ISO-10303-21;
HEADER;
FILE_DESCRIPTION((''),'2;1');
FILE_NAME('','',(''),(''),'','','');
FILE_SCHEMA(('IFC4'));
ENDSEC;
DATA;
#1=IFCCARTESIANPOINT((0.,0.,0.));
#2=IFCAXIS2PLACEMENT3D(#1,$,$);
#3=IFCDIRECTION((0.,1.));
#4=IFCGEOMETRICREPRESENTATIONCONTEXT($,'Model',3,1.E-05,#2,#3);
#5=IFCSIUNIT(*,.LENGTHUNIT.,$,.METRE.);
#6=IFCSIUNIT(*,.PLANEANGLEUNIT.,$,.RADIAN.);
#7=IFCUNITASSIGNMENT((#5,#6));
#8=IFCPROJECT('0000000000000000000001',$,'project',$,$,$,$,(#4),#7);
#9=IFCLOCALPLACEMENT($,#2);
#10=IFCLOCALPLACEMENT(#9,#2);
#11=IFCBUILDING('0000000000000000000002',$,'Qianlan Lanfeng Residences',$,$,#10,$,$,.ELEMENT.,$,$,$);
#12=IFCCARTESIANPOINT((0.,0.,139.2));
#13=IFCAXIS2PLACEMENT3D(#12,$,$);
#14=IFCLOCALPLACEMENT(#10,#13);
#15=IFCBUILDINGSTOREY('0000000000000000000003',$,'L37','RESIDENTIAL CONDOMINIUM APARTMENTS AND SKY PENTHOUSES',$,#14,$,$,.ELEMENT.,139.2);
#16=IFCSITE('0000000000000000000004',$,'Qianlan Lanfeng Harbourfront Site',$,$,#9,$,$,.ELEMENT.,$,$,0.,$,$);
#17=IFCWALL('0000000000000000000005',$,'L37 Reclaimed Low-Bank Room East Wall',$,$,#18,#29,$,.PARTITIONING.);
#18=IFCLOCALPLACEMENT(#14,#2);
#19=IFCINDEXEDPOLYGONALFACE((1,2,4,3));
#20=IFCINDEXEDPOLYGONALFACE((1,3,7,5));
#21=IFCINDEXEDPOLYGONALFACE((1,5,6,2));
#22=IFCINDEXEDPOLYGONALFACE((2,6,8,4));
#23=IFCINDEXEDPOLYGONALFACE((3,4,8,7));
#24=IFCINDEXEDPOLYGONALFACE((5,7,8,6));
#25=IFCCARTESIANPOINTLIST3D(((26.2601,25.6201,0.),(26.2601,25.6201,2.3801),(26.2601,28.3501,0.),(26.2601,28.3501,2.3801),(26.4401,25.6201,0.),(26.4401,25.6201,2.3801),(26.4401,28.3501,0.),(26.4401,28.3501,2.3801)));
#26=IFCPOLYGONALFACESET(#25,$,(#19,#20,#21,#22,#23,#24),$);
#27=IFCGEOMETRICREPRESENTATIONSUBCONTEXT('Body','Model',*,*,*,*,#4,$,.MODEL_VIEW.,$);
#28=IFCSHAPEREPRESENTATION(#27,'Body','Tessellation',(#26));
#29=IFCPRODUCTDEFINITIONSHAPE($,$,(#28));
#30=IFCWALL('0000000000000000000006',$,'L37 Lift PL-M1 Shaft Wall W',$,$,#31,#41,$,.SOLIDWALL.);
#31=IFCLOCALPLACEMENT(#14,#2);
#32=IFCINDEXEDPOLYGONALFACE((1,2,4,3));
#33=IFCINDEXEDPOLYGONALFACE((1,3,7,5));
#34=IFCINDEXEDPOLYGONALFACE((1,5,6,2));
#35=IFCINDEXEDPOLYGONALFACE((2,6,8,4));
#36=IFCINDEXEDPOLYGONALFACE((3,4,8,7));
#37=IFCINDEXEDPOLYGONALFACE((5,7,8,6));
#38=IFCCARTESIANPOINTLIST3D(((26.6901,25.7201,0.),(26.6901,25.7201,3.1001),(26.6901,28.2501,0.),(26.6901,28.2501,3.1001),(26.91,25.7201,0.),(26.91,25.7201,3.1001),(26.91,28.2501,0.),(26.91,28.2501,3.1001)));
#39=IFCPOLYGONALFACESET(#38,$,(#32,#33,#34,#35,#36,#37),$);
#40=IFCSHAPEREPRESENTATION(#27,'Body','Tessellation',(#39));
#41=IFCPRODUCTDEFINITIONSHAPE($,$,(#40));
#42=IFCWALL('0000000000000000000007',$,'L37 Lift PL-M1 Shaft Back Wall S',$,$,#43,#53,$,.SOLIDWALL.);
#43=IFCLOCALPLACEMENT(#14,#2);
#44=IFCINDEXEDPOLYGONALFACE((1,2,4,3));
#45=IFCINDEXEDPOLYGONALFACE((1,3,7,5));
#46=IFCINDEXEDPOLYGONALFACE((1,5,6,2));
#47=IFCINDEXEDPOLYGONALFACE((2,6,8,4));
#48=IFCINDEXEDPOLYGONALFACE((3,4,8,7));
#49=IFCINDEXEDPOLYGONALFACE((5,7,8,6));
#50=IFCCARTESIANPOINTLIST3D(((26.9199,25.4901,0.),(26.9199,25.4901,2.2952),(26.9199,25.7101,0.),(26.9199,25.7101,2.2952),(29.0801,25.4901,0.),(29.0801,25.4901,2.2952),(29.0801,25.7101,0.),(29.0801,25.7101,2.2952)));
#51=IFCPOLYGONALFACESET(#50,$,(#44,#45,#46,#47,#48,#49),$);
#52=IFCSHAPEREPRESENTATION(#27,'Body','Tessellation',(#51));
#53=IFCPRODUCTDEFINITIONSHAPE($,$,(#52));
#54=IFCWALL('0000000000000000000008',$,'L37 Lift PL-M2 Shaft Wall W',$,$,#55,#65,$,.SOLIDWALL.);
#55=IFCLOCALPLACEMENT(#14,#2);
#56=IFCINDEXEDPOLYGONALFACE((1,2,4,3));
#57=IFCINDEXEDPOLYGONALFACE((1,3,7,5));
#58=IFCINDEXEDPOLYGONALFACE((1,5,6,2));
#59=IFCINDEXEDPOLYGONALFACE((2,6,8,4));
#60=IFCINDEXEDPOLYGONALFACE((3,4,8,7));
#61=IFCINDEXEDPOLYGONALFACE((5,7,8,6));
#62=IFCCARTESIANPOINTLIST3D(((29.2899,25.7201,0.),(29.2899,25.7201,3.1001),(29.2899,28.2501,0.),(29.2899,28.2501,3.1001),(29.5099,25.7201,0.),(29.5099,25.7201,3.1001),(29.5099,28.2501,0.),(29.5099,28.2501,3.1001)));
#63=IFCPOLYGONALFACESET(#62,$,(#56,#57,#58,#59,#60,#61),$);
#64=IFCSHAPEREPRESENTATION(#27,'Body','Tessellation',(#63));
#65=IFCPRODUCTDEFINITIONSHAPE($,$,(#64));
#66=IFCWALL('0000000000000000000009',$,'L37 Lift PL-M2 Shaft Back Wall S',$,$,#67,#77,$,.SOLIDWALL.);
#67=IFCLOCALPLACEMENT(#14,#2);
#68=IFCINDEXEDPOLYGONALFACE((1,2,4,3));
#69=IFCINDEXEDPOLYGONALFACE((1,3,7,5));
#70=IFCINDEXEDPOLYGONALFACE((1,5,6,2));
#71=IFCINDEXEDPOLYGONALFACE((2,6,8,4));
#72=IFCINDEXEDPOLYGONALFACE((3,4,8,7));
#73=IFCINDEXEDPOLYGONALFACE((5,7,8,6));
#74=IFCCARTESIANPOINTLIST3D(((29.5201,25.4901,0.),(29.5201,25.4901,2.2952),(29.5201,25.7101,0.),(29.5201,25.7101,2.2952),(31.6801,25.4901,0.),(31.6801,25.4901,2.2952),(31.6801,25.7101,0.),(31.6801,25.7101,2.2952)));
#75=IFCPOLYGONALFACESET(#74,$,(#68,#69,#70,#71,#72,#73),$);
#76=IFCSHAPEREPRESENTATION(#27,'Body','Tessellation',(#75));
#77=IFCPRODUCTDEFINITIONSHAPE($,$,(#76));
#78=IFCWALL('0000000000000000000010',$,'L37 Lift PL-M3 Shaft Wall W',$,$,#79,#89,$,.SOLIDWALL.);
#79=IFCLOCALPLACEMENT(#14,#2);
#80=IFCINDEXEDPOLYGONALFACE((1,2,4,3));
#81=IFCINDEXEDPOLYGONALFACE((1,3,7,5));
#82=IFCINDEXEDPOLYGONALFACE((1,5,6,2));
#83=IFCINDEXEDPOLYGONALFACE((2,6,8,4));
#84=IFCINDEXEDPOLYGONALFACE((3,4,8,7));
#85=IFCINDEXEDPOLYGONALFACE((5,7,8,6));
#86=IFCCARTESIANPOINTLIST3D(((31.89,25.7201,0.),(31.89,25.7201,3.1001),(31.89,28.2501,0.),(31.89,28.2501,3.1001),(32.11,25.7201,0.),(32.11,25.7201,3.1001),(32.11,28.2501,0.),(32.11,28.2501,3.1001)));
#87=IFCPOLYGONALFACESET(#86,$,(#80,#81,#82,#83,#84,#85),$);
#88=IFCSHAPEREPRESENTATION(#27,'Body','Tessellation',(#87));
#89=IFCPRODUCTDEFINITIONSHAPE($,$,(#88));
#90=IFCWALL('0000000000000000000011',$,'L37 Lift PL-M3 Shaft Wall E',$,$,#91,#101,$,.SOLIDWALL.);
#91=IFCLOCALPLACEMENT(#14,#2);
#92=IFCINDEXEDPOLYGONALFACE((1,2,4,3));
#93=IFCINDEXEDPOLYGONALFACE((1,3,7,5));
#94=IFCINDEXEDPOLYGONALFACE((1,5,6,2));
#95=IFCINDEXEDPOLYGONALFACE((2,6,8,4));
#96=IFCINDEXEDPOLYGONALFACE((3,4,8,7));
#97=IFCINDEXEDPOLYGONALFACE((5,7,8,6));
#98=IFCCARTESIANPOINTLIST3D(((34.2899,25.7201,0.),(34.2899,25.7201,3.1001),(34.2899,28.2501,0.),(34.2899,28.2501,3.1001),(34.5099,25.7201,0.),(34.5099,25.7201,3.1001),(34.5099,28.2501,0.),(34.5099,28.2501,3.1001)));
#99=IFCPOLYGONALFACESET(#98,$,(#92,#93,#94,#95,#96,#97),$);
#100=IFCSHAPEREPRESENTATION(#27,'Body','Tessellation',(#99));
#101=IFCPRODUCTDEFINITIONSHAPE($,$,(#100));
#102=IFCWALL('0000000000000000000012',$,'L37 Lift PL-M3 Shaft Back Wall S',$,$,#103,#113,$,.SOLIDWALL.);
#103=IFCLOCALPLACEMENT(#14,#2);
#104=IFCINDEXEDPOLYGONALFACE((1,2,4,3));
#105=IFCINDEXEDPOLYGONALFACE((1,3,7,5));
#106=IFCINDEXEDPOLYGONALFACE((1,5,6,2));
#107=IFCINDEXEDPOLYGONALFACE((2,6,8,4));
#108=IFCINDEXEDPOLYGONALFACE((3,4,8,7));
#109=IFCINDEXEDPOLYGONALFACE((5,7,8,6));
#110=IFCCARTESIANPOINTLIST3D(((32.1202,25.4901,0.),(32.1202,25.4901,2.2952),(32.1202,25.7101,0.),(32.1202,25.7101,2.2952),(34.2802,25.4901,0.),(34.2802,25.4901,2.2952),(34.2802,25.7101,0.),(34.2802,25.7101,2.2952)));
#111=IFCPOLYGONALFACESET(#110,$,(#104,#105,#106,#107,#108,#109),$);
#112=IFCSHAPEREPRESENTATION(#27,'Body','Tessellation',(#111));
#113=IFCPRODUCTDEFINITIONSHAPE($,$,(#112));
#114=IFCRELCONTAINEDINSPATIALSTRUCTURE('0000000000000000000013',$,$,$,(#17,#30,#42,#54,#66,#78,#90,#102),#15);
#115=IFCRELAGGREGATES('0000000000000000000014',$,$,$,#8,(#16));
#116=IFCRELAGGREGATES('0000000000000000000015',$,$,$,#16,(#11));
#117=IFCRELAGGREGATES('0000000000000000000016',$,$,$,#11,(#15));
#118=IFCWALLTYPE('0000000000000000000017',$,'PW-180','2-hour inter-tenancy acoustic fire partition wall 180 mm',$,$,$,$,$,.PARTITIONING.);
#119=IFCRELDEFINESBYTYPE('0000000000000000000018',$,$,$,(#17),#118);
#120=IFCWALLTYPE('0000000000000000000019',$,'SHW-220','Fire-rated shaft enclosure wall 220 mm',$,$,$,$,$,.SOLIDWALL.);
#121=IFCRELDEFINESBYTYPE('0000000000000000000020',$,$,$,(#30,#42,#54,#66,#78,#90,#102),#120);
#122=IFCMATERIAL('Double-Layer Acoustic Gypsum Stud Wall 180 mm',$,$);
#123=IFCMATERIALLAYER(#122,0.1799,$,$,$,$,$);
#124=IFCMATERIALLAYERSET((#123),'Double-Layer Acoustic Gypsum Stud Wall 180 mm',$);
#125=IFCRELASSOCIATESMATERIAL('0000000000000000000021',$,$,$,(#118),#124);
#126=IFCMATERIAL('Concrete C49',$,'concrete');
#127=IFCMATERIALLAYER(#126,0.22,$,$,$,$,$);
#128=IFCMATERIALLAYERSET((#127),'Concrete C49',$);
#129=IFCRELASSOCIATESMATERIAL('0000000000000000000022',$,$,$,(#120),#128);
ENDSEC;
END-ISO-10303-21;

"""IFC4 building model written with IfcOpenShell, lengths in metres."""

from ifc_helpers import new_model, si_unit, direction, frame, frame_2d, origin, place, context, subcontext, project, spatial, rectangle, extrude, material, layer, layer_set, type_object, element, save


model = new_model("IFC4")

# Units and contexts
model_context = context("Model", 3, precision=1e-05, world=origin(), true_north=direction((0.0, 1.0)))
body_context = subcontext(model_context, "Body", "Model", "MODEL_VIEW")
ifc_project = project(units=[si_unit("LENGTHUNIT", "METRE"), si_unit("PLANEANGLEUNIT", "RADIAN")], contexts=[model_context])

# Site, building, storey
site_placement = place(None, origin())
site = spatial("IfcSite", under=ifc_project, at=site_placement, Name="Qianlan Lanfeng Harbourfront Site", CompositionType="ELEMENT", RefElevation=0.0)
building_placement = place(site_placement, origin())
building = spatial("IfcBuilding", under=site, at=building_placement, Name="Qianlan Lanfeng Residences", CompositionType="ELEMENT")
storey_placement = place(building_placement, frame((0.0, 0.0, 139.2)))
storey = spatial("IfcBuildingStorey", under=building, at=storey_placement, Name="L37", Description="RESIDENTIAL CONDOMINIUM APARTMENTS AND SKY PENTHOUSES", CompositionType="ELEMENT", Elevation=139.2)

# Shared definitions
ifc_material_1 = material(Name="Concrete C49", Category="concrete")

# Shared definitions
ifc_material_2 = material(Name="Double-Layer Acoustic Gypsum Stud Wall 180 mm")
ifc_layer_1 = layer(ifc_material_2, 0.1799)
ifc_layer_set_1 = layer_set([ifc_layer_1], Name="Double-Layer Acoustic Gypsum Stud Wall 180 mm")
wall_type_1 = type_object("IfcWallType", Name="PW-180", Description="2-hour inter-tenancy acoustic fire partition wall 180 mm", PredefinedType="PARTITIONING", material=ifc_layer_set_1)

# Walls
wall_1_placement = place(storey_placement, frame((26.3501, 25.6201, 0.0), z_axis=(0.0, 0.0, 1.0), x_axis=(0.0, 1.0, 0.0)))
element("IfcWall", 1, at=wall_1_placement, inside=storey, type_object=wall_type_1, Name="L37 Reclaimed Low-Bank Room East Wall", PredefinedType="PARTITIONING", context=body_context, shape_type="SweptSolid", body=[
    extrude(rectangle(XDim=2.73, YDim=0.1799, at=frame_2d((1.365, 0.0))), origin(), (0.0, 0.0, 1.0), 2.3801),
])
ifc_layer_2 = layer(ifc_material_1, 0.22)
ifc_layer_set_2 = layer_set([ifc_layer_2], Name="Concrete C49")
wall_type_2 = type_object("IfcWallType", Name="SHW-220", Description="Fire-rated shaft enclosure wall 220 mm", PredefinedType="SOLIDWALL", material=ifc_layer_set_2)
wall_2_placement = place(storey_placement, frame((26.8, 25.72, 0.0), z_axis=(0.0, 0.0, 1.0), x_axis=(0.0, 1.0, 0.0)))
element("IfcWall", 2, at=wall_2_placement, inside=storey, type_object=wall_type_2, Name="L37 Lift PL-M1 Shaft Wall W", PredefinedType="SOLIDWALL", context=body_context, shape_type="SweptSolid", body=[
    extrude(rectangle(XDim=2.53, YDim=0.22, at=frame_2d((1.2651, 0.0))), origin(), (0.0, 0.0, 1.0), 3.1001),
])
wall_3_placement = place(storey_placement, frame((26.9199, 25.6001, 0.0), z_axis=(0.0, 0.0, 1.0), x_axis=(1.0, 0.0, 0.0)))
element("IfcWall", 3, at=wall_3_placement, inside=storey, type_object=wall_type_2, Name="L37 Lift PL-M1 Shaft Back Wall S", PredefinedType="SOLIDWALL", context=body_context, shape_type="SweptSolid", body=[
    extrude(rectangle(XDim=2.1602, YDim=0.22, at=frame_2d((1.0801, 0.0))), origin(), (0.0, 0.0, 1.0), 2.2952),
])
wall_4_placement = place(storey_placement, frame((29.3999, 25.72, 0.0), z_axis=(0.0, 0.0, 1.0), x_axis=(0.0, 1.0, 0.0)))
element("IfcWall", 4, at=wall_4_placement, inside=storey, type_object=wall_type_2, Name="L37 Lift PL-M2 Shaft Wall W", PredefinedType="SOLIDWALL", context=body_context, shape_type="SweptSolid", body=[
    extrude(rectangle(XDim=2.53, YDim=0.22, at=frame_2d((1.2651, 0.0))), origin(), (0.0, 0.0, 1.0), 3.1001),
])
wall_5_placement = place(storey_placement, frame((29.52, 25.6001, 0.0), z_axis=(0.0, 0.0, 1.0), x_axis=(1.0, 0.0, 0.0)))
element("IfcWall", 5, at=wall_5_placement, inside=storey, type_object=wall_type_2, Name="L37 Lift PL-M2 Shaft Back Wall S", PredefinedType="SOLIDWALL", context=body_context, shape_type="SweptSolid", body=[
    extrude(rectangle(XDim=2.1599, YDim=0.22, at=frame_2d((1.0801, 0.0))), origin(), (0.0, 0.0, 1.0), 2.2952),
])
for number, where, z_axis, x_axis, name in (
    (6, (32.0, 25.72, 0.0), (0.0, 0.0, 1.0), (0.0, 1.0, 0.0), "L37 Lift PL-M3 Shaft Wall W"),
    (7, (34.3999, 25.72, 0.0), (0.0, 0.0, 1.0), (0.0, 1.0, 0.0), "L37 Lift PL-M3 Shaft Wall E"),
):
    element("IfcWall", number, at=place(storey_placement, frame(where, z_axis=z_axis, x_axis=x_axis)), inside=storey, type_object=wall_type_2, Name=name, PredefinedType="SOLIDWALL", context=body_context, shape_type="SweptSolid", body=[
        extrude(rectangle(XDim=2.53, YDim=0.22, at=frame_2d((1.2651, 0.0))), origin(), (0.0, 0.0, 1.0), 3.1001),
    ])
wall_6_placement = place(storey_placement, frame((32.1201, 25.6001, 0.0), z_axis=(0.0, 0.0, 1.0), x_axis=(1.0, 0.0, 0.0)))
element("IfcWall", 8, at=wall_6_placement, inside=storey, type_object=wall_type_2, Name="L37 Lift PL-M3 Shaft Back Wall S", PredefinedType="SOLIDWALL", context=body_context, shape_type="SweptSolid", body=[
    extrude(rectangle(XDim=2.1599, YDim=0.22, at=frame_2d((1.0801, 0.0))), origin(), (0.0, 0.0, 1.0), 2.2952),
])

save(model, "model.ifc")
